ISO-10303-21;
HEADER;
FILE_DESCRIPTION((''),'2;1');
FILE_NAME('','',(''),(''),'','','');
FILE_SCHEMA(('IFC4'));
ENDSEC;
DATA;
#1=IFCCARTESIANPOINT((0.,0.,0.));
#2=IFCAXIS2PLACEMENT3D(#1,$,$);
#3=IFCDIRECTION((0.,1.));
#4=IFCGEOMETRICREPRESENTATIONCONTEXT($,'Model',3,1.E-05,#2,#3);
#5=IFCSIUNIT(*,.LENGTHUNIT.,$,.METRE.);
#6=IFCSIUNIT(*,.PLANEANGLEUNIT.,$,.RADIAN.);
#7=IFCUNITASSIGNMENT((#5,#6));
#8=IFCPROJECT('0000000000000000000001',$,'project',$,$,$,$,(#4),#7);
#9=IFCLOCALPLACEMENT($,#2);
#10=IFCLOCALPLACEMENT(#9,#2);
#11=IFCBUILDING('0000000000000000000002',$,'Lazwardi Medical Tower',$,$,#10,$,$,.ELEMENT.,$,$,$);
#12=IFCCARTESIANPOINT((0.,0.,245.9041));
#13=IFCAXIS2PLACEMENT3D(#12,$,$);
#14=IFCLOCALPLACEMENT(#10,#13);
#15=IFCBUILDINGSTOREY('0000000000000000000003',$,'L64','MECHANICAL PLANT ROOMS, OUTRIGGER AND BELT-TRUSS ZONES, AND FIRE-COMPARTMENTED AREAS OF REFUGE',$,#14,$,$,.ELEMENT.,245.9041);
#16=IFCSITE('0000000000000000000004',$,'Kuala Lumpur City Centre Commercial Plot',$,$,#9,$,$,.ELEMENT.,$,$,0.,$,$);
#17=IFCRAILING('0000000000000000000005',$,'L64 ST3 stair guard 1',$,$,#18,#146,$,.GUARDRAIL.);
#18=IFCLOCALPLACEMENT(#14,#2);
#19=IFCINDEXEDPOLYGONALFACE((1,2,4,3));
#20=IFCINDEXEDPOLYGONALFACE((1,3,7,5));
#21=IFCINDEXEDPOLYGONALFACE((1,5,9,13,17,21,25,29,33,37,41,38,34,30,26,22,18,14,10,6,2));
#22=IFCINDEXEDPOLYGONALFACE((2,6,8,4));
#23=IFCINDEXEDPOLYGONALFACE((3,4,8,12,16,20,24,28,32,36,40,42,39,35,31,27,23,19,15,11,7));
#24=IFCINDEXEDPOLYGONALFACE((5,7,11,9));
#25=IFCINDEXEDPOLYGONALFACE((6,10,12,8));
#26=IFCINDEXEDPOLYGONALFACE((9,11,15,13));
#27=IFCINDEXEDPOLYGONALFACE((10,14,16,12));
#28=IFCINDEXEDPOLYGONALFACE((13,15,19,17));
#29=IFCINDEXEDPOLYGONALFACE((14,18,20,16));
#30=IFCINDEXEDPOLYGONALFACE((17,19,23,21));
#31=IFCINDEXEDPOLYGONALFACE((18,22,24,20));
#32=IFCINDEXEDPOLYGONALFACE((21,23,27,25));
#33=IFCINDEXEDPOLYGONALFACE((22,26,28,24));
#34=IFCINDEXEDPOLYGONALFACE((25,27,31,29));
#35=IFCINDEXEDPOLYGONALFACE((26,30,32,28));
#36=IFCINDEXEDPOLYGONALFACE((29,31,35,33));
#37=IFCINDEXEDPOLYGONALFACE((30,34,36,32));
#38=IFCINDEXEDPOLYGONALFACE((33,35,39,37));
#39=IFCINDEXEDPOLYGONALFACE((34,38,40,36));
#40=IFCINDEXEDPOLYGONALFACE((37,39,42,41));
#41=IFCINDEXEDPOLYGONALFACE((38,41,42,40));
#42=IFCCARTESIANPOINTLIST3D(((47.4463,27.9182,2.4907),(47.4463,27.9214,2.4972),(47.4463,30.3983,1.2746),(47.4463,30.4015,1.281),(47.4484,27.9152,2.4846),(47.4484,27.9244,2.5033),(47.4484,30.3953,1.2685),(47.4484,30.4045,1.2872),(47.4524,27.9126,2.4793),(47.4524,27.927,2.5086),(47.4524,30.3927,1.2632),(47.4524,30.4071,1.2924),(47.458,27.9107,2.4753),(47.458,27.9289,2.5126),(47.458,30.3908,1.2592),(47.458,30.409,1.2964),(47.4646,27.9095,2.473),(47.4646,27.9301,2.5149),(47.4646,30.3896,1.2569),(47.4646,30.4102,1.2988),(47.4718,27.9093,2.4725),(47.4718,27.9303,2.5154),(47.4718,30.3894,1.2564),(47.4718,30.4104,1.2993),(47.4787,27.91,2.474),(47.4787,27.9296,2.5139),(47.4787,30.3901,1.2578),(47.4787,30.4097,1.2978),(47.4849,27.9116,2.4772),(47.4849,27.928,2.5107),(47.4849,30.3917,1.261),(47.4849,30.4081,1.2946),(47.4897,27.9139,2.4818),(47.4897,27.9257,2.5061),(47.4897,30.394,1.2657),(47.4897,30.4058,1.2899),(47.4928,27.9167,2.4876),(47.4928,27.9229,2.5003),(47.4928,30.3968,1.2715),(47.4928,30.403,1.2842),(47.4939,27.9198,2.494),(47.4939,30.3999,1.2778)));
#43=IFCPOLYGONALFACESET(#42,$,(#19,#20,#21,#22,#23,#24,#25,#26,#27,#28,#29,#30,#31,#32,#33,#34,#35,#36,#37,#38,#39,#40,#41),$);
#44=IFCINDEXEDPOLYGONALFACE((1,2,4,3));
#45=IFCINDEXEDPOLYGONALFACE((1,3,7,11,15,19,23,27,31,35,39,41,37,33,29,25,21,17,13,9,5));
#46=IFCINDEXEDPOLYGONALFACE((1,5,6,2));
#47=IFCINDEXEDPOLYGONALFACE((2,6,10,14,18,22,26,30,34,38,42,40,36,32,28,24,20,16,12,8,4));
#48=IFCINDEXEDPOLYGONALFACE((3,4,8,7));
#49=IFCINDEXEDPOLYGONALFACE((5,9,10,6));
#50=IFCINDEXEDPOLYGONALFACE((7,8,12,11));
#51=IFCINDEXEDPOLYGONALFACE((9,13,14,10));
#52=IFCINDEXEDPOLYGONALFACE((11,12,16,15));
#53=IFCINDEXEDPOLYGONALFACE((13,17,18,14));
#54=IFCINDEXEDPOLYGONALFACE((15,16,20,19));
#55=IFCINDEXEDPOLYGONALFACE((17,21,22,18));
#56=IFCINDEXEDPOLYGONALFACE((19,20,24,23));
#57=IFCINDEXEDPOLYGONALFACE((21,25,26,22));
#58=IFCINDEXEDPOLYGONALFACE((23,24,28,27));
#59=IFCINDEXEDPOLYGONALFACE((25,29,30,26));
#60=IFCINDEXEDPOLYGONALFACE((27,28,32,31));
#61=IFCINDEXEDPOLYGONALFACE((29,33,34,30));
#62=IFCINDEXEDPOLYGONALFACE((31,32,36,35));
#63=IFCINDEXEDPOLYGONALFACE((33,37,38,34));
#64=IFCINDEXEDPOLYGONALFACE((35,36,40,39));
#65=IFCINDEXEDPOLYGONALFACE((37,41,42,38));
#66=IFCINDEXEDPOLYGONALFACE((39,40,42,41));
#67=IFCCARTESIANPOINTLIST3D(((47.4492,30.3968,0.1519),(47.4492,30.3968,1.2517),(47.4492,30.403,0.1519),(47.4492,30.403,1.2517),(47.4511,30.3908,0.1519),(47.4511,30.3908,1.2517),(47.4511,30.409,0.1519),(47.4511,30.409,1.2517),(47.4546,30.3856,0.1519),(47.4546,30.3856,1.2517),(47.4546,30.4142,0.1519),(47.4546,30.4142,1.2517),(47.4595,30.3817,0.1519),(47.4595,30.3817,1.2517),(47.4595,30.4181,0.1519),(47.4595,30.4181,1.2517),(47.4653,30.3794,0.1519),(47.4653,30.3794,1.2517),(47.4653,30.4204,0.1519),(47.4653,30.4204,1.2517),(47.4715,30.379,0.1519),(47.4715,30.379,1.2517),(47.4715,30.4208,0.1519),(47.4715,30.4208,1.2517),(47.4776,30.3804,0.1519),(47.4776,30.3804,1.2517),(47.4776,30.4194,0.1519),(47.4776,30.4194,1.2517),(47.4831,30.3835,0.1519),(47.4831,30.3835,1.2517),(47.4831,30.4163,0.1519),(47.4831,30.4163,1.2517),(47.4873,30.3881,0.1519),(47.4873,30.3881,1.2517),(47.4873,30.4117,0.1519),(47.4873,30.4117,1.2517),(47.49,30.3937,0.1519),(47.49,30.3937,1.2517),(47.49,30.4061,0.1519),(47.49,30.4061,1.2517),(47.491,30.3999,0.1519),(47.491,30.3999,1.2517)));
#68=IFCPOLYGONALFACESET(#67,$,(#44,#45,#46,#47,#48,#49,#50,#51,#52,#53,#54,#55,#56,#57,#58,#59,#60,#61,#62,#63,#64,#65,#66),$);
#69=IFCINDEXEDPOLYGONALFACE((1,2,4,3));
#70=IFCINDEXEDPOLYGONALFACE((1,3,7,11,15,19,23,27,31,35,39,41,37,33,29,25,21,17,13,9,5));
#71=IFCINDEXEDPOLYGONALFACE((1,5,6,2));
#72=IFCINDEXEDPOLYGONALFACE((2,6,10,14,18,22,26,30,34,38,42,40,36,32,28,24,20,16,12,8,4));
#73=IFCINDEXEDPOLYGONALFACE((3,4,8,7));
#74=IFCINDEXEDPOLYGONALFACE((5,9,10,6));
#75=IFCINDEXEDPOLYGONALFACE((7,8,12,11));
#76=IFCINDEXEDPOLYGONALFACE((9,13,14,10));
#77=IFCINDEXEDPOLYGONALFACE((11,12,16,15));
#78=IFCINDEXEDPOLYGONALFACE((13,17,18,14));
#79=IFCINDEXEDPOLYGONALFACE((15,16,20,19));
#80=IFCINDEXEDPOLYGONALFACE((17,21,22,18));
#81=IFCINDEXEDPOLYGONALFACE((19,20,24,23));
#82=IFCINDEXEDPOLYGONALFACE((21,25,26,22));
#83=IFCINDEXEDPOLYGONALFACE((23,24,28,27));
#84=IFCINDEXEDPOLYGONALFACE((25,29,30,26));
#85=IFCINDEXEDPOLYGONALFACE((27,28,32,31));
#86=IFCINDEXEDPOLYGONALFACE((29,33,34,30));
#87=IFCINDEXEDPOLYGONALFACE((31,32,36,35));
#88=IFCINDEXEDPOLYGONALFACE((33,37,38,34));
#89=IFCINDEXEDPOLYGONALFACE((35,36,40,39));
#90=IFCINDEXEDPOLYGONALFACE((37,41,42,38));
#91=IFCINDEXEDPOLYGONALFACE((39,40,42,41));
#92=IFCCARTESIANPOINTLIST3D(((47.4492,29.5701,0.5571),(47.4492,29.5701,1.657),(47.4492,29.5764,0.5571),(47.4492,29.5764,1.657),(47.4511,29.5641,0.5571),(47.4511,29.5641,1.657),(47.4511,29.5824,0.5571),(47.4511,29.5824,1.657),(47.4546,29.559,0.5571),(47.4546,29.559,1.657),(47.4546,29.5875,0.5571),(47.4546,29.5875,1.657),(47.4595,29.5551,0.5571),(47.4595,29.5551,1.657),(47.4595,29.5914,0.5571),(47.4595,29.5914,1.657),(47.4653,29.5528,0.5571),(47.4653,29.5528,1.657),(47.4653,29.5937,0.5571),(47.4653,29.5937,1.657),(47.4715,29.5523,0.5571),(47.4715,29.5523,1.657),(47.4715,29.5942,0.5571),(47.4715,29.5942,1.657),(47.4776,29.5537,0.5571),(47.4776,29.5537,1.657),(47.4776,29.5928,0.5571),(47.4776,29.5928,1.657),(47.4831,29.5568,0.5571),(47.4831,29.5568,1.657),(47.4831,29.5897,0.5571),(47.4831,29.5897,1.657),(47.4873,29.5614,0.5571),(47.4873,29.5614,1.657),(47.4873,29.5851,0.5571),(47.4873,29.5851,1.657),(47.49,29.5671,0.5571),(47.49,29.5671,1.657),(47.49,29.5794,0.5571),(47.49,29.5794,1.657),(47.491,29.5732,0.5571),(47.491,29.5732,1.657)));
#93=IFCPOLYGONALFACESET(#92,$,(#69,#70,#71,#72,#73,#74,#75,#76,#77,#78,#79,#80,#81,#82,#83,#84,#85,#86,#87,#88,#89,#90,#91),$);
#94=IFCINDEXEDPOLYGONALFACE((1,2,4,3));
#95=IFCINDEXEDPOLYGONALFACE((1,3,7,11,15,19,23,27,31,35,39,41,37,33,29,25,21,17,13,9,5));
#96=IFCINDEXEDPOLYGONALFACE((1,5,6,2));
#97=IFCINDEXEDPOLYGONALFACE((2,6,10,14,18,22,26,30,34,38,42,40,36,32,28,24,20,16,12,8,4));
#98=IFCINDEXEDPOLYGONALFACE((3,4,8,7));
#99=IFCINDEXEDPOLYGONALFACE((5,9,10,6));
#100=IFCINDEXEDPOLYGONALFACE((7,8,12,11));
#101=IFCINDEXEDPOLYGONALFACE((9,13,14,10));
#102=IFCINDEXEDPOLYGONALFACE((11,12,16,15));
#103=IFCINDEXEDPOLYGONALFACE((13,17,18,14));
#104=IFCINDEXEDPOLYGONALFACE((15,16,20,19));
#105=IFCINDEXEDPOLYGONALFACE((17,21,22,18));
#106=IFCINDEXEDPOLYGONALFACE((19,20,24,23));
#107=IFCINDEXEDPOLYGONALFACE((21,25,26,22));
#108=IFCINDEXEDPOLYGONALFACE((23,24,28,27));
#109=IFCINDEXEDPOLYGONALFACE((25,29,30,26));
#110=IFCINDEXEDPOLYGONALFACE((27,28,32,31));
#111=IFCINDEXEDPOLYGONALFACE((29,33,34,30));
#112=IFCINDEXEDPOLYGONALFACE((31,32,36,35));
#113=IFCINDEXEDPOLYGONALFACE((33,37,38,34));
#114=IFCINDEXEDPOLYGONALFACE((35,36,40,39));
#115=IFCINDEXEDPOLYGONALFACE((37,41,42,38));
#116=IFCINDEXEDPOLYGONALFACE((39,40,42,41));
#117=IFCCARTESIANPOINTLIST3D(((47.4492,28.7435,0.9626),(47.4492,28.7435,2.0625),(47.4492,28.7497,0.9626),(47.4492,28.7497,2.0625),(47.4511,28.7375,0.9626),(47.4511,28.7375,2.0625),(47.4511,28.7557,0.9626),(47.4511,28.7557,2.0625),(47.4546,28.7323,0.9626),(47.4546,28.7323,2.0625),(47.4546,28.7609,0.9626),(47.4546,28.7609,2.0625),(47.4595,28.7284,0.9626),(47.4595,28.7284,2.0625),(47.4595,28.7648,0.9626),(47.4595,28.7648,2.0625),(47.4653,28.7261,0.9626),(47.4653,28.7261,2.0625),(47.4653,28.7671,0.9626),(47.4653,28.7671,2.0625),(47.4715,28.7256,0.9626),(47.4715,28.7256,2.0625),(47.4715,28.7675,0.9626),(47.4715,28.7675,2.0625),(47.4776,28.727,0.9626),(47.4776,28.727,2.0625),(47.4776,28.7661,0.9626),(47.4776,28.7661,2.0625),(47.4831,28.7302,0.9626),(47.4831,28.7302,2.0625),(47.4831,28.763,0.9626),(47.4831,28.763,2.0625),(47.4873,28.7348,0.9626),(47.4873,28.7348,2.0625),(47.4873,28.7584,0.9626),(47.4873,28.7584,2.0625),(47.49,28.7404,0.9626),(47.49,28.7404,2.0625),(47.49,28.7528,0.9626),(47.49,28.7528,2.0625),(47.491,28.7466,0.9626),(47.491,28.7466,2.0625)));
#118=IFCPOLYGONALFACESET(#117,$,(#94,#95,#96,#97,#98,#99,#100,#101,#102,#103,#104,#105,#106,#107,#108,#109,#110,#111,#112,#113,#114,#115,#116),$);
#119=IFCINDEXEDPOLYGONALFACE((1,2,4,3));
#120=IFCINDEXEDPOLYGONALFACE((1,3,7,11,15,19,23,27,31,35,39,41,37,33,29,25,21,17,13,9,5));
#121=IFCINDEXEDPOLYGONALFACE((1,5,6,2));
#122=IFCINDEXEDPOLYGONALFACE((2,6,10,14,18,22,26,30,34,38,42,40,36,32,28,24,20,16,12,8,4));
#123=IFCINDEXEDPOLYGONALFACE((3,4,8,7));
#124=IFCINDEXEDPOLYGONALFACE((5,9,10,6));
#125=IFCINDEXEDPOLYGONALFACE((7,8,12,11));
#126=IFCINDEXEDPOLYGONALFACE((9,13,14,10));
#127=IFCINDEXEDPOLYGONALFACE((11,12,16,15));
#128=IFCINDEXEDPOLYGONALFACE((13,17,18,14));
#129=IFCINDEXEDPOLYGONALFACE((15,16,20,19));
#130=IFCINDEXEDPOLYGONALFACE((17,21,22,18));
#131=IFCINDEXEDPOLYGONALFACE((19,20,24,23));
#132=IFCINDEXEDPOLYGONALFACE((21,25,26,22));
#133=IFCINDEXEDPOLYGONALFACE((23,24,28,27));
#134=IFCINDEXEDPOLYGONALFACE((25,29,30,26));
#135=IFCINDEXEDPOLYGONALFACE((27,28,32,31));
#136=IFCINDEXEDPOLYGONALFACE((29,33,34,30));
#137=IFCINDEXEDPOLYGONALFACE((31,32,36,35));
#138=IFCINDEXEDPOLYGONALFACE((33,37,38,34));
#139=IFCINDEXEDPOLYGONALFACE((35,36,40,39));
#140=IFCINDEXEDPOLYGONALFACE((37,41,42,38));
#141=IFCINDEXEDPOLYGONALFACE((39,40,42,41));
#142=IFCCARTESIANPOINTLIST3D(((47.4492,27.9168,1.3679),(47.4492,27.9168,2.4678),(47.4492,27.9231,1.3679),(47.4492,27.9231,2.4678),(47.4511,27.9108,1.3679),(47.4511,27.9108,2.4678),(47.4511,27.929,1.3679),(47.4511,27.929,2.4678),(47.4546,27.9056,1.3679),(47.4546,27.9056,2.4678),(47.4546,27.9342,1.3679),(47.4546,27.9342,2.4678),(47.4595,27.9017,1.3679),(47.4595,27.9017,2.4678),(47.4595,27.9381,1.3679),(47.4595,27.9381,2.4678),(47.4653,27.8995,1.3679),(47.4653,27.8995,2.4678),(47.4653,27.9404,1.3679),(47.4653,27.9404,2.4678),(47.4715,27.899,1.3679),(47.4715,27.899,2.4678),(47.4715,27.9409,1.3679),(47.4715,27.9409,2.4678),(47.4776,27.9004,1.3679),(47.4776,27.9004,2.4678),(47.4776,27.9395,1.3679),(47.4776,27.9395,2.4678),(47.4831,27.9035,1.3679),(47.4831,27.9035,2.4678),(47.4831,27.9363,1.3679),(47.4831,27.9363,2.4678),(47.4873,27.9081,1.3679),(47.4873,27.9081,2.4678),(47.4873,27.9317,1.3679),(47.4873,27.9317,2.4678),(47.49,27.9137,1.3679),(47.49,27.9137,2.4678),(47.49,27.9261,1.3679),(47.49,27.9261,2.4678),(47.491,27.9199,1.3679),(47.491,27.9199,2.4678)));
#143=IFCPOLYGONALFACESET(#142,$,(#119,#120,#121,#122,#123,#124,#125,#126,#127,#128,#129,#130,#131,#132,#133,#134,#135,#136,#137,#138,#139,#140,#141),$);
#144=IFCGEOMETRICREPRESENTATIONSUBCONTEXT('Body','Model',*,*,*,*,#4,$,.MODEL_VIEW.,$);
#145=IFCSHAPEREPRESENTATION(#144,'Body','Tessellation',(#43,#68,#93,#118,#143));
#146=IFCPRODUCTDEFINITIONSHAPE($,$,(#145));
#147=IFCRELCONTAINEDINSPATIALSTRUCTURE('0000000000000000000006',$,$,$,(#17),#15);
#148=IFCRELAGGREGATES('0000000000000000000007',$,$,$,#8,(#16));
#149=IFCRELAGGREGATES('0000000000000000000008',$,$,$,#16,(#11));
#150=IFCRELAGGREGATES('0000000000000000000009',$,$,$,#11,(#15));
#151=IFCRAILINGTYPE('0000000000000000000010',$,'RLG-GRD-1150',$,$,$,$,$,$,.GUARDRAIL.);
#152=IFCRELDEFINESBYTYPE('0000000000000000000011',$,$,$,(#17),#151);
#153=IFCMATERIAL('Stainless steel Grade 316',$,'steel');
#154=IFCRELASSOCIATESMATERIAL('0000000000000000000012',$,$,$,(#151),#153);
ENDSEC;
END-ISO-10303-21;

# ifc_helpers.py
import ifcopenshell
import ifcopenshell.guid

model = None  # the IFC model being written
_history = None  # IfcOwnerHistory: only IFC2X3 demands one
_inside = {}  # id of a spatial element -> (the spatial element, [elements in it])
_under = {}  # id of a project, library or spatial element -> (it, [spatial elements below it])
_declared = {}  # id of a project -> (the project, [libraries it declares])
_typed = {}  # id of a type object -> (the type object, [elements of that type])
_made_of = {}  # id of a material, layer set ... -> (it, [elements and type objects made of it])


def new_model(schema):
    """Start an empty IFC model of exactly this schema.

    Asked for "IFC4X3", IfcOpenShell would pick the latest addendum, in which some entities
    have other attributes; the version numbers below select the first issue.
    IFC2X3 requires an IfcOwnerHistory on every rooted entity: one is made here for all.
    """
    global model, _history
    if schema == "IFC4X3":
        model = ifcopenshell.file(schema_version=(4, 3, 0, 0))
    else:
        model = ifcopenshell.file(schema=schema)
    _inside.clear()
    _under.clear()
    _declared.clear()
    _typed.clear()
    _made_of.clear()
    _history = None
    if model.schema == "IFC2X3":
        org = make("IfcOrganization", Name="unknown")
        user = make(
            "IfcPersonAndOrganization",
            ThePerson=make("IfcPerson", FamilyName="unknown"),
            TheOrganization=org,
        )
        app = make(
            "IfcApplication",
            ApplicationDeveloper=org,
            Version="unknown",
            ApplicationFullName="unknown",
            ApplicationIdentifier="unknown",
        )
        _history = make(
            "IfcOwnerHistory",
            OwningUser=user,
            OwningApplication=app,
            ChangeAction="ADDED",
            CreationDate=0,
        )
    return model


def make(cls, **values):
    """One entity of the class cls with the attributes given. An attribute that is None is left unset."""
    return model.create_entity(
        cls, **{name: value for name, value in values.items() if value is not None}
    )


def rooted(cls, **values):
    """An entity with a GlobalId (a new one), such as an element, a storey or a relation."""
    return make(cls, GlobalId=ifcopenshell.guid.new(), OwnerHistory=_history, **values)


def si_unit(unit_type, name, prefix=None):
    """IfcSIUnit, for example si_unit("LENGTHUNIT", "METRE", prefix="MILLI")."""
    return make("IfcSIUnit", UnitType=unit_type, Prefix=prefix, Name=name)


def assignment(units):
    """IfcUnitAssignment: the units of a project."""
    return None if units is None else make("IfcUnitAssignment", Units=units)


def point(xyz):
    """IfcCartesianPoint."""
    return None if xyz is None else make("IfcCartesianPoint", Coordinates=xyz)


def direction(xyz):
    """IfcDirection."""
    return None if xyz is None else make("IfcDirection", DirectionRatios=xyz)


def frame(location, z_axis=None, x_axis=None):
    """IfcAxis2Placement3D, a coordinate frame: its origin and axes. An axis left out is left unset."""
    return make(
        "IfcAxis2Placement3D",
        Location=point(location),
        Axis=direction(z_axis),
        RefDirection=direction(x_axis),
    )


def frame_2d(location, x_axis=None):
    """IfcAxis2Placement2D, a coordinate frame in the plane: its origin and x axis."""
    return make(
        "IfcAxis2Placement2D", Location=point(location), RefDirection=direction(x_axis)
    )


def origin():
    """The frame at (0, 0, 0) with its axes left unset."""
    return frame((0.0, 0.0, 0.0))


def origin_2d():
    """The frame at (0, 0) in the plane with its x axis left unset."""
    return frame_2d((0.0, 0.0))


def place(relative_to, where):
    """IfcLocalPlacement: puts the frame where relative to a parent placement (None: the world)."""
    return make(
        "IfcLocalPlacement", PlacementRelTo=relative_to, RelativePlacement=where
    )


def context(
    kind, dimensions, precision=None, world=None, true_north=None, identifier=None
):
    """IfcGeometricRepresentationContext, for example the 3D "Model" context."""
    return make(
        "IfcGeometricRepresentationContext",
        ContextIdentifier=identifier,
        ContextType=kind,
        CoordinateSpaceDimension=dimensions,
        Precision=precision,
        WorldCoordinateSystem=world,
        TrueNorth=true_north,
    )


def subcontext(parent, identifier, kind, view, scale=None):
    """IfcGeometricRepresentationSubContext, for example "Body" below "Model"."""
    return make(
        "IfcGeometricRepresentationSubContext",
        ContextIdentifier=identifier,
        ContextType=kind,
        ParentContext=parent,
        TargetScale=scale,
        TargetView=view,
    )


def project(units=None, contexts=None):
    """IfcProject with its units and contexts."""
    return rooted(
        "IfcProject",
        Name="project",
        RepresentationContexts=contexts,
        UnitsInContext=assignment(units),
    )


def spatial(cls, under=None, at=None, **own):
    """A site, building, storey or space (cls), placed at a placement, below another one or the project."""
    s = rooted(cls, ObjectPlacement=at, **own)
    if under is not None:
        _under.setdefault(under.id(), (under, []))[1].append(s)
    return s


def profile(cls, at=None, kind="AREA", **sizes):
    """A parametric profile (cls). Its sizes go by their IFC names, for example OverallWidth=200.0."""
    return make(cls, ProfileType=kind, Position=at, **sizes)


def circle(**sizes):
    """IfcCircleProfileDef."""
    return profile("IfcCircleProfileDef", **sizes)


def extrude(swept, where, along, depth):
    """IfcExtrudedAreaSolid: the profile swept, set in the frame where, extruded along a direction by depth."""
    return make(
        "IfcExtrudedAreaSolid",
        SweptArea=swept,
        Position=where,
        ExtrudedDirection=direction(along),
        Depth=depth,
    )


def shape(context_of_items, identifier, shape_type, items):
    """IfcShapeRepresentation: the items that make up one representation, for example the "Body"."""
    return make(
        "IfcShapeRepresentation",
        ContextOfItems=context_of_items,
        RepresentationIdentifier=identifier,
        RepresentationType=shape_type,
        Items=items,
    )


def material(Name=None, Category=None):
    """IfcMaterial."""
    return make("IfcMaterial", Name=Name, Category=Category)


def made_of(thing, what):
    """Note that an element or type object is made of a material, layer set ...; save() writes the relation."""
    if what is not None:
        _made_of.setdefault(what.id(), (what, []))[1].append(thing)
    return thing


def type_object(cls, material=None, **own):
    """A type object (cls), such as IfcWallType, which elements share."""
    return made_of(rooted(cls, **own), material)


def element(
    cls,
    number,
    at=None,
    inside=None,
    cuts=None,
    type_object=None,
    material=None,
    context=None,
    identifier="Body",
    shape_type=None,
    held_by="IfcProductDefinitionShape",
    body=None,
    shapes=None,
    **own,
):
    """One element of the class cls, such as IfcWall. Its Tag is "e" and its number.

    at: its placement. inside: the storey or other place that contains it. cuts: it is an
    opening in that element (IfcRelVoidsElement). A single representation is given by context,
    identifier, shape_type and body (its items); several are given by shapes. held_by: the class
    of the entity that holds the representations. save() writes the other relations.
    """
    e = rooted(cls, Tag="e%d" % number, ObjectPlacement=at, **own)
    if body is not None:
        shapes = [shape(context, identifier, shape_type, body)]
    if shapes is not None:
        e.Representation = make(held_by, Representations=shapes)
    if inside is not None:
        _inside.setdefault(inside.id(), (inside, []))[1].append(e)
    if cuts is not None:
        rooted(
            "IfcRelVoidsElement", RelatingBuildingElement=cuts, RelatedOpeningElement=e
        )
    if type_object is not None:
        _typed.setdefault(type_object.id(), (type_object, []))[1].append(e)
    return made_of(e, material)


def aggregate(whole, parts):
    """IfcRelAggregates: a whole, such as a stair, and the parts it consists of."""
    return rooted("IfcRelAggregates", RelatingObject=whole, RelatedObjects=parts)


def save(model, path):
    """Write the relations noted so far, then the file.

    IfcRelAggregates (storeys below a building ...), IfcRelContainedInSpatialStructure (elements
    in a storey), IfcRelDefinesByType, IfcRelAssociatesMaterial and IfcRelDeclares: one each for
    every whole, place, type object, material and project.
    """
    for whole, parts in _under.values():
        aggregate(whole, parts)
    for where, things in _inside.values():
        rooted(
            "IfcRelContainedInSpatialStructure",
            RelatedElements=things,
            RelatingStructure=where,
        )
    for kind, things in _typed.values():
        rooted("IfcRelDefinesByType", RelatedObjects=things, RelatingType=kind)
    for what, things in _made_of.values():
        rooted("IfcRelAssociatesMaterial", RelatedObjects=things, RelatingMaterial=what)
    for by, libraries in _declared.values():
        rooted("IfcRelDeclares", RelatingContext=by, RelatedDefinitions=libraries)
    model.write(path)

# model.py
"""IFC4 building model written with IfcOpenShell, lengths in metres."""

from ifc_helpers import new_model, si_unit, direction, frame, origin, origin_2d, place, context, subcontext, project, spatial, circle, extrude, material, type_object, element, save


model = new_model("IFC4")

# Units and contexts
model_context = context("Model", 3, precision=1e-05, world=origin(), true_north=direction((0.0, 1.0)))
body_context = subcontext(model_context, "Body", "Model", "MODEL_VIEW")
ifc_project = project(units=[si_unit("LENGTHUNIT", "METRE"), si_unit("PLANEANGLEUNIT", "RADIAN")], contexts=[model_context])

# Site, building, storey
site_placement = place(None, origin())
site = spatial("IfcSite", under=ifc_project, at=site_placement, Name="Kuala Lumpur City Centre Commercial Plot", CompositionType="ELEMENT", RefElevation=0.0)
building_placement = place(site_placement, origin())
building = spatial("IfcBuilding", under=site, at=building_placement, Name="Lazwardi Medical Tower", CompositionType="ELEMENT")
storey_placement = place(building_placement, frame((0.0, 0.0, 245.9041)))
storey = spatial("IfcBuildingStorey", under=building, at=storey_placement, Name="L64", Description="MECHANICAL PLANT ROOMS, OUTRIGGER AND BELT-TRUSS ZONES, AND FIRE-COMPARTMENTED AREAS OF REFUGE", CompositionType="ELEMENT", Elevation=245.9041)

# Railing
ifc_material_1 = material(Name="Stainless steel Grade 316", Category="steel")
railing_type_1 = type_object("IfcRailingType", Name="RLG-GRD-1150", PredefinedType="GUARDRAIL", material=ifc_material_1)
railing_1_placement = place(storey_placement, frame((47.47, 30.3999, 0.1519)))
element("IfcRailing", 1, at=railing_1_placement, inside=storey, type_object=railing_type_1, Name="L64 ST3 stair guard 1", PredefinedType="GUARDRAIL", context=body_context, shape_type="SweptSolid", body=[
    extrude(circle(Radius=0.0239, at=origin_2d()), frame((0.0, 0.0, 1.126), z_axis=(0.0, -0.897865, 0.44027), x_axis=(1.0, 0.0, 0.0)), (0.0, 0.0, 1.0), 2.7622),
    extrude(circle(Radius=0.021, at=origin_2d()), origin(), (0.0, 0.0, 1.0), 1.0999),
    extrude(circle(Radius=0.021, at=origin_2d()), frame((0.0, -0.8267, 0.4053)), (0.0, 0.0, 1.0), 1.0999),
    extrude(circle(Radius=0.021, at=origin_2d()), frame((0.0, -1.6533, 0.8108)), (0.0, 0.0, 1.0), 1.0999),
    extrude(circle(Radius=0.021, at=origin_2d()), frame((0.0, -2.48, 1.2161)), (0.0, 0.0, 1.0), 1.0999),
])

save(model, "model.ifc")
